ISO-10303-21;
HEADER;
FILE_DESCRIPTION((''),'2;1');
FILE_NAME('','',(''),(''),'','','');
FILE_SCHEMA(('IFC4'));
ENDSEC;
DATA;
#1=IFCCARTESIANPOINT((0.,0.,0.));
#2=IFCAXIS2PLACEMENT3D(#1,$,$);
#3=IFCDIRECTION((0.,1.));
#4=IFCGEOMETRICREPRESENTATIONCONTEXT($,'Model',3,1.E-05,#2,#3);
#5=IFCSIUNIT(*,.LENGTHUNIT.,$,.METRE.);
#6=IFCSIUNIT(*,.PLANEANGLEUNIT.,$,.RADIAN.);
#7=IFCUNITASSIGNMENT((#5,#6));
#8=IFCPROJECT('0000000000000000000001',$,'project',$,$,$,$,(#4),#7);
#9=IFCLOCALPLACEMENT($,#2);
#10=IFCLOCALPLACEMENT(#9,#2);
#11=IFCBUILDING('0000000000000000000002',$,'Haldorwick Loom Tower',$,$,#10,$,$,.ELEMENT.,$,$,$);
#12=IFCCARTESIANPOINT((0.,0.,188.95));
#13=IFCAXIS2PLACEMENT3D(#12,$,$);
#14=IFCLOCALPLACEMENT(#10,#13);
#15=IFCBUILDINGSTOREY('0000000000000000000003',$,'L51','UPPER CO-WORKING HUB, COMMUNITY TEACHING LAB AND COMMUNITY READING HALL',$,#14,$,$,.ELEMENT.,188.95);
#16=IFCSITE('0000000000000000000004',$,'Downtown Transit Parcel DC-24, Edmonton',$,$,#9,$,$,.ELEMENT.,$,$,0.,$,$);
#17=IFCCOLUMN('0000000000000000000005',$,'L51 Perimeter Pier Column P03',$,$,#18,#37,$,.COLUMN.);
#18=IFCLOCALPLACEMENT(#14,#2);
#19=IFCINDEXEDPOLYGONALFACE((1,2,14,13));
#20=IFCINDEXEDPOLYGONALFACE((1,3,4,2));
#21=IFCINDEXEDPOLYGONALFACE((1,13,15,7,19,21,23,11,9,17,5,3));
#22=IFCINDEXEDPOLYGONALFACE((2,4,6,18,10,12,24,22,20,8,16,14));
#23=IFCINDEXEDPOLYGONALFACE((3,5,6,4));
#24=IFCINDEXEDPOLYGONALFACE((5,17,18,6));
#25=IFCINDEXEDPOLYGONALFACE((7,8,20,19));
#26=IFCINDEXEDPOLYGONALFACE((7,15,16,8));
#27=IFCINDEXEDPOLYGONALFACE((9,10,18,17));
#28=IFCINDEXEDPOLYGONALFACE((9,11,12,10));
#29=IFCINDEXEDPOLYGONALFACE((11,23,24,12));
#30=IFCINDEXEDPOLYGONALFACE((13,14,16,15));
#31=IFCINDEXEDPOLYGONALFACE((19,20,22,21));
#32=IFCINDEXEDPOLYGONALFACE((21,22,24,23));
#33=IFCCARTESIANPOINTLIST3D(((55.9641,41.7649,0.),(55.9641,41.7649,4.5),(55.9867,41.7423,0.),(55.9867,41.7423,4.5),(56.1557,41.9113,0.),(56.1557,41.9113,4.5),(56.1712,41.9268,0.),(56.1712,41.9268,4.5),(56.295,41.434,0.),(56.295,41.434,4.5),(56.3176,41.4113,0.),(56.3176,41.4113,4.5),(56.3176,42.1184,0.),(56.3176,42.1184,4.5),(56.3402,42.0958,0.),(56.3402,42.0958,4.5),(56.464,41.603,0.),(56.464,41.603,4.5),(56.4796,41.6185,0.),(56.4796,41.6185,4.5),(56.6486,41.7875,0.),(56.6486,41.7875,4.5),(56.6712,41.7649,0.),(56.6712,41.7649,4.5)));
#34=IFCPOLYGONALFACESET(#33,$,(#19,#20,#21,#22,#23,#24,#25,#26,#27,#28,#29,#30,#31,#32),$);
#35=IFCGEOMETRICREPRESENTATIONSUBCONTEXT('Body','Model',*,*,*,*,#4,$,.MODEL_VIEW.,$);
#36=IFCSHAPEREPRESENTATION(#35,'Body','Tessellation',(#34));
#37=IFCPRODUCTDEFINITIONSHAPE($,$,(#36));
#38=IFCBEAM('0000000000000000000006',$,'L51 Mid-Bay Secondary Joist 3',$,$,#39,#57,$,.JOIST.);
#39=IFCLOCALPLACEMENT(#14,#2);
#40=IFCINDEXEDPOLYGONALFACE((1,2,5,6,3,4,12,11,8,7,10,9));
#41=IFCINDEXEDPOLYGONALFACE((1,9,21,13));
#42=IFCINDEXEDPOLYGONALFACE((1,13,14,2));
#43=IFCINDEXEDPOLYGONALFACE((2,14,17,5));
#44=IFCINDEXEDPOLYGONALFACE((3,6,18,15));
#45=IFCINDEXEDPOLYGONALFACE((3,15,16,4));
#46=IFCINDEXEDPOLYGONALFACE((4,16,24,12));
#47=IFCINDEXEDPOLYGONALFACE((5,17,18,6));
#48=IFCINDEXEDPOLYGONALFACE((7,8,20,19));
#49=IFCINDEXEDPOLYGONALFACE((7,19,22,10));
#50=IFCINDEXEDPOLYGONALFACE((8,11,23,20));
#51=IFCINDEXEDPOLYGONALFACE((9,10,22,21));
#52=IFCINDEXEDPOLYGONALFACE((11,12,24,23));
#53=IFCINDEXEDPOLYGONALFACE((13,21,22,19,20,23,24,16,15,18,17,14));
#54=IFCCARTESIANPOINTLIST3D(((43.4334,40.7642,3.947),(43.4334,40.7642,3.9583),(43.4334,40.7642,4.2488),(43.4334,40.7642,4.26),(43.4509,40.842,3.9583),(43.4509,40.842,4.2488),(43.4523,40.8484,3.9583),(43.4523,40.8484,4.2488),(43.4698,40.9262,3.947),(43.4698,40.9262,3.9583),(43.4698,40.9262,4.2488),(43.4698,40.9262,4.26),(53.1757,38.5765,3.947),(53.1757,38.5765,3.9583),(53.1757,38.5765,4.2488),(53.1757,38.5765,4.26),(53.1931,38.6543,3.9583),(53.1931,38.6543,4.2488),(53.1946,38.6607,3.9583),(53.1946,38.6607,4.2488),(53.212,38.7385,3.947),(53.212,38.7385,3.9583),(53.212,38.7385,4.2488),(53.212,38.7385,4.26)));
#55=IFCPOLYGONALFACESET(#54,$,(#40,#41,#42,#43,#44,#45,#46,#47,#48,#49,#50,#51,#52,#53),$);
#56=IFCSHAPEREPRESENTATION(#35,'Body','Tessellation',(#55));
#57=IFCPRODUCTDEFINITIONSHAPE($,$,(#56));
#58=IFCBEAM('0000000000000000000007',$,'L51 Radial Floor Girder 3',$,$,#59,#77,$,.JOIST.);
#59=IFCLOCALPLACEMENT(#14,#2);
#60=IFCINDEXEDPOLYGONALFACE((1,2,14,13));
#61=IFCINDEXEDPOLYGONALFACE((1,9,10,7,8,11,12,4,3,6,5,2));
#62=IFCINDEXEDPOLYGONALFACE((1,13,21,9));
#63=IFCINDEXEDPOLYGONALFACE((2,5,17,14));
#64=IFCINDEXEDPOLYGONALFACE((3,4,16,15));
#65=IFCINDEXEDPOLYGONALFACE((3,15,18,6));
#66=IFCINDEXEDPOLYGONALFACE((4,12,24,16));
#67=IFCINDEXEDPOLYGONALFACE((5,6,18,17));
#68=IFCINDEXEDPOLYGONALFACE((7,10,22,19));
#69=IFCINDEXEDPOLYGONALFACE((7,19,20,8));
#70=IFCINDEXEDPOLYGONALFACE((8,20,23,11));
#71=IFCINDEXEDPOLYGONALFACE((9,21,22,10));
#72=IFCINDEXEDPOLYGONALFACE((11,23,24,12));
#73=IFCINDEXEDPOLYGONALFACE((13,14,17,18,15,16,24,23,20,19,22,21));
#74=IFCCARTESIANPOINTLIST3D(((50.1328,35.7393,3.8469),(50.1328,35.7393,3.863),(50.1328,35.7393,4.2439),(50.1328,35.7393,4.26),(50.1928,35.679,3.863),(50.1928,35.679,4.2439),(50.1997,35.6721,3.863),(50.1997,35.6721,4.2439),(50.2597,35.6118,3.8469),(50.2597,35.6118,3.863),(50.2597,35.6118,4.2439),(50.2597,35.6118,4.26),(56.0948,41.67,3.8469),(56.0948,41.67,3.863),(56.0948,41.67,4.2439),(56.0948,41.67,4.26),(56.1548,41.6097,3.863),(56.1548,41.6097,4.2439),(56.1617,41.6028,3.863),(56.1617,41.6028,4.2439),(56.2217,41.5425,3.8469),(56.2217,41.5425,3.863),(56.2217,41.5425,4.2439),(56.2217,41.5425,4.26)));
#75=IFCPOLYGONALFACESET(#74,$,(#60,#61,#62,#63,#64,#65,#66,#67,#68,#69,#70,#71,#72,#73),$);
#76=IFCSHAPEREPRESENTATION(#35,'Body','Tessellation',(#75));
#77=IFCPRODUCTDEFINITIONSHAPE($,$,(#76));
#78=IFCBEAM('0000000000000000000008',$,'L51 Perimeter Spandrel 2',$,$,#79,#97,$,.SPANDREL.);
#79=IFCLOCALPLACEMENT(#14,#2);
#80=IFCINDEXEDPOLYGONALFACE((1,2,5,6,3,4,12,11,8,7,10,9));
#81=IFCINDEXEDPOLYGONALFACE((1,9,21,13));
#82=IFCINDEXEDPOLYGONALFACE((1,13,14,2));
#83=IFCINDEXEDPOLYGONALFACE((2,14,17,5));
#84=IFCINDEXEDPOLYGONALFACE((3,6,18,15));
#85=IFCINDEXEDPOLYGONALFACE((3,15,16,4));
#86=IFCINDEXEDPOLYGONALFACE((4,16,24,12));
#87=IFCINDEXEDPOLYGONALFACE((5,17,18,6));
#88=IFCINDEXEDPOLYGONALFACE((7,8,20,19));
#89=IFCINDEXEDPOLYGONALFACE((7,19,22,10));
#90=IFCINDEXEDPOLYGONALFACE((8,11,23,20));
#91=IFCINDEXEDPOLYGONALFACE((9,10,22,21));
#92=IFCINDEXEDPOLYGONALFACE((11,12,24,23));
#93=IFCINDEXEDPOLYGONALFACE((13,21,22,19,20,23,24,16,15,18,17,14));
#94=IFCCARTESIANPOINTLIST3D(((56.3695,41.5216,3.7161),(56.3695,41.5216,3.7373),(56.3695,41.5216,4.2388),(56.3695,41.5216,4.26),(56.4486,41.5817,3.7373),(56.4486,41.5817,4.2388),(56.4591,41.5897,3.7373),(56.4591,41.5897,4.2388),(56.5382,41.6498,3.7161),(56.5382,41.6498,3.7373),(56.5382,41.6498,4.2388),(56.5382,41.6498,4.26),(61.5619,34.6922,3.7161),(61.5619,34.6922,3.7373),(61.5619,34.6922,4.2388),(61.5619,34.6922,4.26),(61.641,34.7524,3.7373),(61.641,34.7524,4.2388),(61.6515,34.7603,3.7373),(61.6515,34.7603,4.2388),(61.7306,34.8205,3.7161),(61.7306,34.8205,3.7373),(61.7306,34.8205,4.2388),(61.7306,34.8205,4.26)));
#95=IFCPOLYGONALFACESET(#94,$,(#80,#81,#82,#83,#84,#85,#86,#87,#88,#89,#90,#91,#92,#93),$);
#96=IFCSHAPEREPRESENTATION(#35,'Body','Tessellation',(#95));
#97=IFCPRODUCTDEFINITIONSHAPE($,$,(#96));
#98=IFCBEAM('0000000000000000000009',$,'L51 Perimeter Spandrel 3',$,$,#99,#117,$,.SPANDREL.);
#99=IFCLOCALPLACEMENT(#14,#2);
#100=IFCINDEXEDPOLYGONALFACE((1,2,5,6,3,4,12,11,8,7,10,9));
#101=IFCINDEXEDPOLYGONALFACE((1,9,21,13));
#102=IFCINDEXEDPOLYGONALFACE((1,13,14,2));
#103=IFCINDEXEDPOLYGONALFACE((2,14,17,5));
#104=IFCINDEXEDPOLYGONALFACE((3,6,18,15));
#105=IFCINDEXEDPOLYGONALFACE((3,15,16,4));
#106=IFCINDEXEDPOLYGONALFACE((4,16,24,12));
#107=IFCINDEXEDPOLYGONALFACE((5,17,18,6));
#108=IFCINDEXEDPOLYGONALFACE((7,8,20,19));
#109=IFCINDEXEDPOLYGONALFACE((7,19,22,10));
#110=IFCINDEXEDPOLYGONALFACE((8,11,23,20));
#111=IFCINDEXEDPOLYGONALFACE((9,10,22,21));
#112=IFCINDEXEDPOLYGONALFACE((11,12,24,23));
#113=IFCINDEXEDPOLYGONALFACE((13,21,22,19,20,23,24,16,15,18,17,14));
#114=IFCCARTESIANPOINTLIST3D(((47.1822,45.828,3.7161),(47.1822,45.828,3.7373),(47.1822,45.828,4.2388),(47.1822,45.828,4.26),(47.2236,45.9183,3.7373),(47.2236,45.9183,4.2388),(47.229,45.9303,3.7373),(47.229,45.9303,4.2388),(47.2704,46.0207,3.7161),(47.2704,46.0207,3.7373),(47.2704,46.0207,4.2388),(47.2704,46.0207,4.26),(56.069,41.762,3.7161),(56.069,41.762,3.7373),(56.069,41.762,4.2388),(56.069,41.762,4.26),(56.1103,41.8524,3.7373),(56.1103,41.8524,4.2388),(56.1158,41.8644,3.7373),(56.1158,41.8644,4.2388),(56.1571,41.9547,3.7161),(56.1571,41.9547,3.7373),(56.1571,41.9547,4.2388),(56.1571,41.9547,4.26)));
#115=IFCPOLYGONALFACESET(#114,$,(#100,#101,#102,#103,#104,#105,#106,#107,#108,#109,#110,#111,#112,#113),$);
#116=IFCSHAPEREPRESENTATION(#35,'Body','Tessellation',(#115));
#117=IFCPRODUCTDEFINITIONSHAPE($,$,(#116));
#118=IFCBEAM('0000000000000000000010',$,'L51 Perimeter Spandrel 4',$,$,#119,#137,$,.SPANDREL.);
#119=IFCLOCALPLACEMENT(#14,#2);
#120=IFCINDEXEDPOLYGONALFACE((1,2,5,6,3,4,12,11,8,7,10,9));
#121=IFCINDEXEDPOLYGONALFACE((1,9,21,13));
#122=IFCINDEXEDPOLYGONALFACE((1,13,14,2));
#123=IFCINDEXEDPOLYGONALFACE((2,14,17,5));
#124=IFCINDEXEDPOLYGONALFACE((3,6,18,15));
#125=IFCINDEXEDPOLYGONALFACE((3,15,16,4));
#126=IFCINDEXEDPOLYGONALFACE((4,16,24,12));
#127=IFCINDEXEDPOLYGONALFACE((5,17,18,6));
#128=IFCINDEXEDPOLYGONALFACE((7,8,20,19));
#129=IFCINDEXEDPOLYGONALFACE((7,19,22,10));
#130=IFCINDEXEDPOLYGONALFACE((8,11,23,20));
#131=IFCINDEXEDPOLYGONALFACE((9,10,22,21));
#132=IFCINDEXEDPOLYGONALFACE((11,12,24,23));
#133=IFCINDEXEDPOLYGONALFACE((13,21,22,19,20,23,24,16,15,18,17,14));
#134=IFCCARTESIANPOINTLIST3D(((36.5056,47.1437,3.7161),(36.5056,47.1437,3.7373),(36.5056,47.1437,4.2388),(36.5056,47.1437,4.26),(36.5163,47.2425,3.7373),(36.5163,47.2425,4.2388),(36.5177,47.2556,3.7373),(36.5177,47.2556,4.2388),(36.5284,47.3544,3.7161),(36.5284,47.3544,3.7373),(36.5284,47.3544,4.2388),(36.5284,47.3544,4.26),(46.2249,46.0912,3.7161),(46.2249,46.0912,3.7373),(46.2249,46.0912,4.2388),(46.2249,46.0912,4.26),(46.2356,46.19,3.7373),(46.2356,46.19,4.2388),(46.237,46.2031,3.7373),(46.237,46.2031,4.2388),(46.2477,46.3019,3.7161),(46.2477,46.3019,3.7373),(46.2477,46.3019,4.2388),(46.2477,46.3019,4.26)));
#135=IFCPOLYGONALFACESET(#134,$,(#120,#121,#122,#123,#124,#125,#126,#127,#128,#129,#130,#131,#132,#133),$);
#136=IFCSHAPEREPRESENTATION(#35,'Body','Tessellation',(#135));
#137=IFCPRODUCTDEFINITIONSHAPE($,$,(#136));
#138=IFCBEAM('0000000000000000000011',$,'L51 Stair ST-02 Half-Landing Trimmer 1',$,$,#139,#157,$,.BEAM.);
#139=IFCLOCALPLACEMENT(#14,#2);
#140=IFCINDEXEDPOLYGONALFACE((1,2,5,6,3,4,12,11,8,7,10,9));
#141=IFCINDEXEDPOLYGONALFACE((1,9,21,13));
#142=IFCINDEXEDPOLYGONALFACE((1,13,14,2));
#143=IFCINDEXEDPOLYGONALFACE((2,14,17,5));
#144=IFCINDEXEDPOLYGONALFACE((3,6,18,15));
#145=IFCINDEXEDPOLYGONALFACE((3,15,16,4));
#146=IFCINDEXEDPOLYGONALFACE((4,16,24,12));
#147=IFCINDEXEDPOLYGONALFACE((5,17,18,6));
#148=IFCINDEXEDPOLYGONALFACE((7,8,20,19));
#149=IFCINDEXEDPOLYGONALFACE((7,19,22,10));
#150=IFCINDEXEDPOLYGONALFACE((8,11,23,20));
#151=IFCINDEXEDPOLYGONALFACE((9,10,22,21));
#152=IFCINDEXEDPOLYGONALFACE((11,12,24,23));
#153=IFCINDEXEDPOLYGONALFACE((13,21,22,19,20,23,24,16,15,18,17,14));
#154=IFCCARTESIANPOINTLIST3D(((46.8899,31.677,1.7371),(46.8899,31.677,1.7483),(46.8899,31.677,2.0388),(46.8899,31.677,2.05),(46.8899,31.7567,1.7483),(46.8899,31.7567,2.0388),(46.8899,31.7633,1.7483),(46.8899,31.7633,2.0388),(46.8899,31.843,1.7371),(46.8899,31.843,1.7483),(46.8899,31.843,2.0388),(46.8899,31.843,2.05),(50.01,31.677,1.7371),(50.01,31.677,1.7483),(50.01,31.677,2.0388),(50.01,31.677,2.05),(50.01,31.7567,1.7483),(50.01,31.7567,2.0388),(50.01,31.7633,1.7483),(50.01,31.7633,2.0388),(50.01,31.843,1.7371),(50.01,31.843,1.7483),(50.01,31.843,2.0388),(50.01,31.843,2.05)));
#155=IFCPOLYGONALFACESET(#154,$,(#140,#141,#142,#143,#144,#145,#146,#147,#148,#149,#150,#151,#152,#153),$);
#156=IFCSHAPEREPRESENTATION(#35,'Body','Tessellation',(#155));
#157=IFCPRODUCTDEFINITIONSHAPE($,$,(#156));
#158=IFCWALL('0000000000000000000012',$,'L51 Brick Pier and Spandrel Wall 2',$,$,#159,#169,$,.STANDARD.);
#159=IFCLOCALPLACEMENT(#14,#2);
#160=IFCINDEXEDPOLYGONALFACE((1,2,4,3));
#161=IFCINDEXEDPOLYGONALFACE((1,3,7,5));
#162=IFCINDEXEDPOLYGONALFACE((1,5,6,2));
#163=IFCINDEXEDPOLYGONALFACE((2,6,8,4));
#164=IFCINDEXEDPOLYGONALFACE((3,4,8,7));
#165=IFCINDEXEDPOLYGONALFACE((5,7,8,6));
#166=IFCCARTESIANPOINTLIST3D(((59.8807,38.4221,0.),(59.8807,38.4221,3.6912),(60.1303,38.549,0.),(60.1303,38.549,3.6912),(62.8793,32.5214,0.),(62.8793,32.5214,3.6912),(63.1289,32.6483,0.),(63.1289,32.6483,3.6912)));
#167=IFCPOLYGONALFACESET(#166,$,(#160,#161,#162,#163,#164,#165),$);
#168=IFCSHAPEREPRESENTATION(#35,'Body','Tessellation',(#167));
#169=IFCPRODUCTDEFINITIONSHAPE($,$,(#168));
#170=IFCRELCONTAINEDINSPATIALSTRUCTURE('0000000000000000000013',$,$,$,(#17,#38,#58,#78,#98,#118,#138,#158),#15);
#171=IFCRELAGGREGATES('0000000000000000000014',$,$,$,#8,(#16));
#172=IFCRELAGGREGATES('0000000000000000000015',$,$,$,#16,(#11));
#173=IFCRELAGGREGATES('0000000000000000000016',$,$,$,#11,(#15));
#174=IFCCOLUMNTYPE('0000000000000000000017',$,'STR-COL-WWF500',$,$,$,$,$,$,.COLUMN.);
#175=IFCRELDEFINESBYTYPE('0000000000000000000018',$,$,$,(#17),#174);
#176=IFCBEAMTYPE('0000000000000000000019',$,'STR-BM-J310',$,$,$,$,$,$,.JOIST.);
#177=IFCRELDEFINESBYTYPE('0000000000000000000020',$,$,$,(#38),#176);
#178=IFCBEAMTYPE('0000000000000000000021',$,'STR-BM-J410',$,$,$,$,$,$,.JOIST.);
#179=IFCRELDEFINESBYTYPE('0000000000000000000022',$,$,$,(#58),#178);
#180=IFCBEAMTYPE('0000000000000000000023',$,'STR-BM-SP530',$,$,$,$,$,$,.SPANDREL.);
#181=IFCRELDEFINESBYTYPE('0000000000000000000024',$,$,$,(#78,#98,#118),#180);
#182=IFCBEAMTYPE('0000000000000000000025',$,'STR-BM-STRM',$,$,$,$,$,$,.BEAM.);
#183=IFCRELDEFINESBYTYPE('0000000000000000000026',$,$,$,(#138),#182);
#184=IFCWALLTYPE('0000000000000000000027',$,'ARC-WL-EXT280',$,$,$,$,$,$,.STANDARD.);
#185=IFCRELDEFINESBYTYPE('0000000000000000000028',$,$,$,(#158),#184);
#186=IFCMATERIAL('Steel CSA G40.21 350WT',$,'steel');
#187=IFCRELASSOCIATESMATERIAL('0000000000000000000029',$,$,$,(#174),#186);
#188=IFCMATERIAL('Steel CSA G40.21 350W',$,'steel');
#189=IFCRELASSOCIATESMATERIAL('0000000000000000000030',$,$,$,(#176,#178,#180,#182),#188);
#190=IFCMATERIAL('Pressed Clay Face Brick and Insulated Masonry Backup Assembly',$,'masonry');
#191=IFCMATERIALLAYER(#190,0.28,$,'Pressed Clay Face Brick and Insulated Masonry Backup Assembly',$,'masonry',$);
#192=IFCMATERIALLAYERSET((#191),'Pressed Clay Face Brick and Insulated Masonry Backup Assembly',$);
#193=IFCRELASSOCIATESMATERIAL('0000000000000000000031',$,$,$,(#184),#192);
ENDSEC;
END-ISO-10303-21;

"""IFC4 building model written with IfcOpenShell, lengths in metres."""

from ifc_helpers import new_model, si_unit, direction, frame, frame_2d, origin, origin_2d, place, context, subcontext, project, spatial, rectangle, i_section, extrude, material, layer, layer_set, material_profile, profile_set, type_object, element, save


model = new_model("IFC4")

# Units and contexts
model_context = context("Model", 3, precision=1e-05, world=origin(), true_north=direction((0.0, 1.0)))
body_context = subcontext(model_context, "Body", "Model", "MODEL_VIEW")
ifc_project = project(units=[si_unit("LENGTHUNIT", "METRE"), si_unit("PLANEANGLEUNIT", "RADIAN")], contexts=[model_context])

# Site, building, storey
site_placement = place(None, origin())
site = spatial("IfcSite", under=ifc_project, at=site_placement, Name="Downtown Transit Parcel DC-24, Edmonton", CompositionType="ELEMENT", RefElevation=0.0)
building_placement = place(site_placement, origin())
building = spatial("IfcBuilding", under=site, at=building_placement, Name="Haldorwick Loom Tower", CompositionType="ELEMENT")
storey_placement = place(building_placement, frame((0.0, 0.0, 188.95)))
storey = spatial("IfcBuildingStorey", under=building, at=storey_placement, Name="L51", Description="UPPER CO-WORKING HUB, COMMUNITY TEACHING LAB AND COMMUNITY READING HALL", CompositionType="ELEMENT", Elevation=188.95)

# Column
ifc_material_1 = material(Name="Steel CSA G40.21 350W", Category="steel")
ifc_material_2 = material(Name="Steel CSA G40.21 350WT", Category="steel")
ifc_material_profile_1 = material_profile(ifc_material_2, i_section(OverallWidth=0.5, OverallDepth=0.5, WebThickness=0.022, FlangeThickness=0.032, at=origin_2d()), Name="WWF500X500", Category="steel")
ifc_profile_set_1 = profile_set([ifc_material_profile_1], Name="Steel CSA G40.21 350WT")
column_type_1 = type_object("IfcColumnType", Name="STR-COL-WWF500", PredefinedType="COLUMN", material=ifc_profile_set_1)
column_placement = place(storey_placement, frame((56.3176, 41.7649, 0.0), z_axis=(0.0, 0.0, 1.0), x_axis=(0.707107, 0.707107, 0.0)))
element("IfcColumn", 1, at=column_placement, inside=storey, type_object=column_type_1, Name="L51 Perimeter Pier Column P03", PredefinedType="COLUMN", context=body_context, shape_type="SweptSolid", body=[
    extrude(i_section(OverallWidth=0.5, OverallDepth=0.5, WebThickness=0.022, FlangeThickness=0.032, at=origin_2d()), origin(), (0.0, 0.0, 1.0), 4.5),
])

# Beams
ifc_material_profile_2 = material_profile(ifc_material_1, i_section(OverallWidth=0.166, OverallDepth=0.313, WebThickness=0.0066, FlangeThickness=0.0112, at=origin_2d()), Name="W310X45", Category="steel")
ifc_profile_set_2 = profile_set([ifc_material_profile_2], Name="Steel CSA G40.21 350W")
beam_type_1 = type_object("IfcBeamType", Name="STR-BM-J310", PredefinedType="JOIST", material=ifc_profile_set_2)
beam_1_placement = place(storey_placement, frame((53.1938, 38.6575, 4.1035), z_axis=(-0.975701, 0.219107, 0.0), x_axis=(-0.219107, -0.975701, 0.0)))
element("IfcBeam", 2, at=beam_1_placement, inside=storey, type_object=beam_type_1, Name="L51 Mid-Bay Secondary Joist 3", PredefinedType="JOIST", context=body_context, shape_type="SweptSolid", body=[
    extrude(i_section(OverallWidth=0.166, OverallDepth=0.313, WebThickness=0.0066, FlangeThickness=0.0112, at=origin_2d()), origin(), (0.0, 0.0, 1.0), 9.9849),
])
ifc_material_profile_3 = material_profile(ifc_material_1, i_section(OverallWidth=0.1799, OverallDepth=0.4131, WebThickness=0.0098, FlangeThickness=0.0161, at=origin_2d()), Name="W410X74", Category="steel")
ifc_profile_set_3 = profile_set([ifc_material_profile_3], Name="Steel CSA G40.21 350W")
beam_type_2 = type_object("IfcBeamType", Name="STR-BM-J410", PredefinedType="JOIST", material=ifc_profile_set_3)
beam_2_placement = place(storey_placement, frame((50.1963, 35.6755, 4.0535), z_axis=(0.708962, 0.705246, 0.0), x_axis=(-0.705246, 0.708962, 0.0)))
element("IfcBeam", 3, at=beam_2_placement, inside=storey, type_object=beam_type_2, Name="L51 Radial Floor Girder 3", PredefinedType="JOIST", context=body_context, shape_type="SweptSolid", body=[
    extrude(i_section(OverallWidth=0.1799, OverallDepth=0.4131, WebThickness=0.0098, FlangeThickness=0.0161, at=origin_2d()), origin(), (0.0, 0.0, 1.0), 8.4094),
])
ifc_material_profile_4 = material_profile(ifc_material_1, i_section(OverallWidth=0.2119, OverallDepth=0.5439, WebThickness=0.0132, FlangeThickness=0.0212, at=origin_2d()), Name="W530X123", Category="steel")
ifc_profile_set_4 = profile_set([ifc_material_profile_4], Name="Steel CSA G40.21 350W")
beam_type_3 = type_object("IfcBeamType", Name="STR-BM-SP530", PredefinedType="SPANDREL", material=ifc_profile_set_4)
beam_3_placement = place(storey_placement, frame((61.6462, 34.7563, 3.988), z_axis=(-0.605237, 0.796045, 0.0), x_axis=(-0.796045, -0.605237, 0.0)))
element("IfcBeam", 4, at=beam_3_placement, inside=storey, type_object=beam_type_3, Name="L51 Perimeter Spandrel 2", PredefinedType="SPANDREL", context=body_context, shape_type="SweptSolid", body=[
    extrude(i_section(OverallWidth=0.2119, OverallDepth=0.5439, WebThickness=0.0132, FlangeThickness=0.0212, at=origin_2d()), origin(), (0.0, 0.0, 1.0), 8.5791),
])
beam_4_placement = place(storey_placement, frame((56.113, 41.8584, 3.988), z_axis=(-0.909342, 0.416049, 0.0), x_axis=(-0.416049, -0.909342, 0.0)))
element("IfcBeam", 5, at=beam_4_placement, inside=storey, type_object=beam_type_3, Name="L51 Perimeter Spandrel 3", PredefinedType="SPANDREL", context=body_context, shape_type="SweptSolid", body=[
    extrude(i_section(OverallWidth=0.2119, OverallDepth=0.5439, WebThickness=0.0132, FlangeThickness=0.0212, at=origin_2d()), origin(), (0.0, 0.0, 1.0), 9.7727),
])
beam_5_placement = place(storey_placement, frame((46.2363, 46.1965, 3.988), z_axis=(-0.994188, 0.10766, 0.0), x_axis=(-0.10766, -0.994188, 0.0)))
element("IfcBeam", 6, at=beam_5_placement, inside=storey, type_object=beam_type_3, Name="L51 Perimeter Spandrel 4", PredefinedType="SPANDREL", context=body_context, shape_type="SweptSolid", body=[
    extrude(i_section(OverallWidth=0.2119, OverallDepth=0.5439, WebThickness=0.0132, FlangeThickness=0.0212, at=origin_2d()), origin(), (0.0, 0.0, 1.0), 9.7761),
])
ifc_material_profile_5 = material_profile(ifc_material_1, i_section(OverallWidth=0.166, OverallDepth=0.313, WebThickness=0.0066, FlangeThickness=0.0112, at=origin_2d()), Name="W310X45", Category="steel")
ifc_profile_set_5 = profile_set([ifc_material_profile_5], Name="Steel CSA G40.21 350W")
beam_type_4 = type_object("IfcBeamType", Name="STR-BM-STRM", PredefinedType="BEAM", material=ifc_profile_set_5)
beam_6_placement = place(storey_placement, frame((46.8899, 31.76, 1.8936), z_axis=(1.0, 0.0, 0.0), x_axis=(0.0, 1.0, 0.0)))
element("IfcBeam", 7, at=beam_6_placement, inside=storey, type_object=beam_type_4, Name="L51 Stair ST-02 Half-Landing Trimmer 1", PredefinedType="BEAM", context=body_context, shape_type="SweptSolid", body=[
    extrude(i_section(OverallWidth=0.166, OverallDepth=0.313, WebThickness=0.0066, FlangeThickness=0.0112, at=origin_2d()), origin(), (0.0, 0.0, 1.0), 3.1201),
])

# Wall
ifc_material_3 = material(Name="Pressed Clay Face Brick and Insulated Masonry Backup Assembly", Category="masonry")
ifc_layer_1 = layer(ifc_material_3, 0.28, Name="Pressed Clay Face Brick and Insulated Masonry Backup Assembly", Category="masonry")
ifc_layer_set_1 = layer_set([ifc_layer_1], Name="Pressed Clay Face Brick and Insulated Masonry Backup Assembly")
wall_type_1 = type_object("IfcWallType", Name="ARC-WL-EXT280", PredefinedType="STANDARD", material=ifc_layer_set_1)
wall_1_placement = place(storey_placement, frame((63.0042, 32.5847, 0.0), z_axis=(0.0, 0.0, 1.0), x_axis=(-0.453032, 0.891494, 0.0)))
element("IfcWall", 8, at=wall_1_placement, inside=storey, type_object=wall_type_1, Name="L51 Brick Pier and Spandrel Wall 2", PredefinedType="STANDARD", context=body_context, shape_type="SweptSolid", body=[
    extrude(rectangle(XDim=6.6189, YDim=0.28, at=frame_2d((3.3096, 0.0))), origin(), (0.0, 0.0, 1.0), 3.6912),
])

save(model, "model.ifc")
